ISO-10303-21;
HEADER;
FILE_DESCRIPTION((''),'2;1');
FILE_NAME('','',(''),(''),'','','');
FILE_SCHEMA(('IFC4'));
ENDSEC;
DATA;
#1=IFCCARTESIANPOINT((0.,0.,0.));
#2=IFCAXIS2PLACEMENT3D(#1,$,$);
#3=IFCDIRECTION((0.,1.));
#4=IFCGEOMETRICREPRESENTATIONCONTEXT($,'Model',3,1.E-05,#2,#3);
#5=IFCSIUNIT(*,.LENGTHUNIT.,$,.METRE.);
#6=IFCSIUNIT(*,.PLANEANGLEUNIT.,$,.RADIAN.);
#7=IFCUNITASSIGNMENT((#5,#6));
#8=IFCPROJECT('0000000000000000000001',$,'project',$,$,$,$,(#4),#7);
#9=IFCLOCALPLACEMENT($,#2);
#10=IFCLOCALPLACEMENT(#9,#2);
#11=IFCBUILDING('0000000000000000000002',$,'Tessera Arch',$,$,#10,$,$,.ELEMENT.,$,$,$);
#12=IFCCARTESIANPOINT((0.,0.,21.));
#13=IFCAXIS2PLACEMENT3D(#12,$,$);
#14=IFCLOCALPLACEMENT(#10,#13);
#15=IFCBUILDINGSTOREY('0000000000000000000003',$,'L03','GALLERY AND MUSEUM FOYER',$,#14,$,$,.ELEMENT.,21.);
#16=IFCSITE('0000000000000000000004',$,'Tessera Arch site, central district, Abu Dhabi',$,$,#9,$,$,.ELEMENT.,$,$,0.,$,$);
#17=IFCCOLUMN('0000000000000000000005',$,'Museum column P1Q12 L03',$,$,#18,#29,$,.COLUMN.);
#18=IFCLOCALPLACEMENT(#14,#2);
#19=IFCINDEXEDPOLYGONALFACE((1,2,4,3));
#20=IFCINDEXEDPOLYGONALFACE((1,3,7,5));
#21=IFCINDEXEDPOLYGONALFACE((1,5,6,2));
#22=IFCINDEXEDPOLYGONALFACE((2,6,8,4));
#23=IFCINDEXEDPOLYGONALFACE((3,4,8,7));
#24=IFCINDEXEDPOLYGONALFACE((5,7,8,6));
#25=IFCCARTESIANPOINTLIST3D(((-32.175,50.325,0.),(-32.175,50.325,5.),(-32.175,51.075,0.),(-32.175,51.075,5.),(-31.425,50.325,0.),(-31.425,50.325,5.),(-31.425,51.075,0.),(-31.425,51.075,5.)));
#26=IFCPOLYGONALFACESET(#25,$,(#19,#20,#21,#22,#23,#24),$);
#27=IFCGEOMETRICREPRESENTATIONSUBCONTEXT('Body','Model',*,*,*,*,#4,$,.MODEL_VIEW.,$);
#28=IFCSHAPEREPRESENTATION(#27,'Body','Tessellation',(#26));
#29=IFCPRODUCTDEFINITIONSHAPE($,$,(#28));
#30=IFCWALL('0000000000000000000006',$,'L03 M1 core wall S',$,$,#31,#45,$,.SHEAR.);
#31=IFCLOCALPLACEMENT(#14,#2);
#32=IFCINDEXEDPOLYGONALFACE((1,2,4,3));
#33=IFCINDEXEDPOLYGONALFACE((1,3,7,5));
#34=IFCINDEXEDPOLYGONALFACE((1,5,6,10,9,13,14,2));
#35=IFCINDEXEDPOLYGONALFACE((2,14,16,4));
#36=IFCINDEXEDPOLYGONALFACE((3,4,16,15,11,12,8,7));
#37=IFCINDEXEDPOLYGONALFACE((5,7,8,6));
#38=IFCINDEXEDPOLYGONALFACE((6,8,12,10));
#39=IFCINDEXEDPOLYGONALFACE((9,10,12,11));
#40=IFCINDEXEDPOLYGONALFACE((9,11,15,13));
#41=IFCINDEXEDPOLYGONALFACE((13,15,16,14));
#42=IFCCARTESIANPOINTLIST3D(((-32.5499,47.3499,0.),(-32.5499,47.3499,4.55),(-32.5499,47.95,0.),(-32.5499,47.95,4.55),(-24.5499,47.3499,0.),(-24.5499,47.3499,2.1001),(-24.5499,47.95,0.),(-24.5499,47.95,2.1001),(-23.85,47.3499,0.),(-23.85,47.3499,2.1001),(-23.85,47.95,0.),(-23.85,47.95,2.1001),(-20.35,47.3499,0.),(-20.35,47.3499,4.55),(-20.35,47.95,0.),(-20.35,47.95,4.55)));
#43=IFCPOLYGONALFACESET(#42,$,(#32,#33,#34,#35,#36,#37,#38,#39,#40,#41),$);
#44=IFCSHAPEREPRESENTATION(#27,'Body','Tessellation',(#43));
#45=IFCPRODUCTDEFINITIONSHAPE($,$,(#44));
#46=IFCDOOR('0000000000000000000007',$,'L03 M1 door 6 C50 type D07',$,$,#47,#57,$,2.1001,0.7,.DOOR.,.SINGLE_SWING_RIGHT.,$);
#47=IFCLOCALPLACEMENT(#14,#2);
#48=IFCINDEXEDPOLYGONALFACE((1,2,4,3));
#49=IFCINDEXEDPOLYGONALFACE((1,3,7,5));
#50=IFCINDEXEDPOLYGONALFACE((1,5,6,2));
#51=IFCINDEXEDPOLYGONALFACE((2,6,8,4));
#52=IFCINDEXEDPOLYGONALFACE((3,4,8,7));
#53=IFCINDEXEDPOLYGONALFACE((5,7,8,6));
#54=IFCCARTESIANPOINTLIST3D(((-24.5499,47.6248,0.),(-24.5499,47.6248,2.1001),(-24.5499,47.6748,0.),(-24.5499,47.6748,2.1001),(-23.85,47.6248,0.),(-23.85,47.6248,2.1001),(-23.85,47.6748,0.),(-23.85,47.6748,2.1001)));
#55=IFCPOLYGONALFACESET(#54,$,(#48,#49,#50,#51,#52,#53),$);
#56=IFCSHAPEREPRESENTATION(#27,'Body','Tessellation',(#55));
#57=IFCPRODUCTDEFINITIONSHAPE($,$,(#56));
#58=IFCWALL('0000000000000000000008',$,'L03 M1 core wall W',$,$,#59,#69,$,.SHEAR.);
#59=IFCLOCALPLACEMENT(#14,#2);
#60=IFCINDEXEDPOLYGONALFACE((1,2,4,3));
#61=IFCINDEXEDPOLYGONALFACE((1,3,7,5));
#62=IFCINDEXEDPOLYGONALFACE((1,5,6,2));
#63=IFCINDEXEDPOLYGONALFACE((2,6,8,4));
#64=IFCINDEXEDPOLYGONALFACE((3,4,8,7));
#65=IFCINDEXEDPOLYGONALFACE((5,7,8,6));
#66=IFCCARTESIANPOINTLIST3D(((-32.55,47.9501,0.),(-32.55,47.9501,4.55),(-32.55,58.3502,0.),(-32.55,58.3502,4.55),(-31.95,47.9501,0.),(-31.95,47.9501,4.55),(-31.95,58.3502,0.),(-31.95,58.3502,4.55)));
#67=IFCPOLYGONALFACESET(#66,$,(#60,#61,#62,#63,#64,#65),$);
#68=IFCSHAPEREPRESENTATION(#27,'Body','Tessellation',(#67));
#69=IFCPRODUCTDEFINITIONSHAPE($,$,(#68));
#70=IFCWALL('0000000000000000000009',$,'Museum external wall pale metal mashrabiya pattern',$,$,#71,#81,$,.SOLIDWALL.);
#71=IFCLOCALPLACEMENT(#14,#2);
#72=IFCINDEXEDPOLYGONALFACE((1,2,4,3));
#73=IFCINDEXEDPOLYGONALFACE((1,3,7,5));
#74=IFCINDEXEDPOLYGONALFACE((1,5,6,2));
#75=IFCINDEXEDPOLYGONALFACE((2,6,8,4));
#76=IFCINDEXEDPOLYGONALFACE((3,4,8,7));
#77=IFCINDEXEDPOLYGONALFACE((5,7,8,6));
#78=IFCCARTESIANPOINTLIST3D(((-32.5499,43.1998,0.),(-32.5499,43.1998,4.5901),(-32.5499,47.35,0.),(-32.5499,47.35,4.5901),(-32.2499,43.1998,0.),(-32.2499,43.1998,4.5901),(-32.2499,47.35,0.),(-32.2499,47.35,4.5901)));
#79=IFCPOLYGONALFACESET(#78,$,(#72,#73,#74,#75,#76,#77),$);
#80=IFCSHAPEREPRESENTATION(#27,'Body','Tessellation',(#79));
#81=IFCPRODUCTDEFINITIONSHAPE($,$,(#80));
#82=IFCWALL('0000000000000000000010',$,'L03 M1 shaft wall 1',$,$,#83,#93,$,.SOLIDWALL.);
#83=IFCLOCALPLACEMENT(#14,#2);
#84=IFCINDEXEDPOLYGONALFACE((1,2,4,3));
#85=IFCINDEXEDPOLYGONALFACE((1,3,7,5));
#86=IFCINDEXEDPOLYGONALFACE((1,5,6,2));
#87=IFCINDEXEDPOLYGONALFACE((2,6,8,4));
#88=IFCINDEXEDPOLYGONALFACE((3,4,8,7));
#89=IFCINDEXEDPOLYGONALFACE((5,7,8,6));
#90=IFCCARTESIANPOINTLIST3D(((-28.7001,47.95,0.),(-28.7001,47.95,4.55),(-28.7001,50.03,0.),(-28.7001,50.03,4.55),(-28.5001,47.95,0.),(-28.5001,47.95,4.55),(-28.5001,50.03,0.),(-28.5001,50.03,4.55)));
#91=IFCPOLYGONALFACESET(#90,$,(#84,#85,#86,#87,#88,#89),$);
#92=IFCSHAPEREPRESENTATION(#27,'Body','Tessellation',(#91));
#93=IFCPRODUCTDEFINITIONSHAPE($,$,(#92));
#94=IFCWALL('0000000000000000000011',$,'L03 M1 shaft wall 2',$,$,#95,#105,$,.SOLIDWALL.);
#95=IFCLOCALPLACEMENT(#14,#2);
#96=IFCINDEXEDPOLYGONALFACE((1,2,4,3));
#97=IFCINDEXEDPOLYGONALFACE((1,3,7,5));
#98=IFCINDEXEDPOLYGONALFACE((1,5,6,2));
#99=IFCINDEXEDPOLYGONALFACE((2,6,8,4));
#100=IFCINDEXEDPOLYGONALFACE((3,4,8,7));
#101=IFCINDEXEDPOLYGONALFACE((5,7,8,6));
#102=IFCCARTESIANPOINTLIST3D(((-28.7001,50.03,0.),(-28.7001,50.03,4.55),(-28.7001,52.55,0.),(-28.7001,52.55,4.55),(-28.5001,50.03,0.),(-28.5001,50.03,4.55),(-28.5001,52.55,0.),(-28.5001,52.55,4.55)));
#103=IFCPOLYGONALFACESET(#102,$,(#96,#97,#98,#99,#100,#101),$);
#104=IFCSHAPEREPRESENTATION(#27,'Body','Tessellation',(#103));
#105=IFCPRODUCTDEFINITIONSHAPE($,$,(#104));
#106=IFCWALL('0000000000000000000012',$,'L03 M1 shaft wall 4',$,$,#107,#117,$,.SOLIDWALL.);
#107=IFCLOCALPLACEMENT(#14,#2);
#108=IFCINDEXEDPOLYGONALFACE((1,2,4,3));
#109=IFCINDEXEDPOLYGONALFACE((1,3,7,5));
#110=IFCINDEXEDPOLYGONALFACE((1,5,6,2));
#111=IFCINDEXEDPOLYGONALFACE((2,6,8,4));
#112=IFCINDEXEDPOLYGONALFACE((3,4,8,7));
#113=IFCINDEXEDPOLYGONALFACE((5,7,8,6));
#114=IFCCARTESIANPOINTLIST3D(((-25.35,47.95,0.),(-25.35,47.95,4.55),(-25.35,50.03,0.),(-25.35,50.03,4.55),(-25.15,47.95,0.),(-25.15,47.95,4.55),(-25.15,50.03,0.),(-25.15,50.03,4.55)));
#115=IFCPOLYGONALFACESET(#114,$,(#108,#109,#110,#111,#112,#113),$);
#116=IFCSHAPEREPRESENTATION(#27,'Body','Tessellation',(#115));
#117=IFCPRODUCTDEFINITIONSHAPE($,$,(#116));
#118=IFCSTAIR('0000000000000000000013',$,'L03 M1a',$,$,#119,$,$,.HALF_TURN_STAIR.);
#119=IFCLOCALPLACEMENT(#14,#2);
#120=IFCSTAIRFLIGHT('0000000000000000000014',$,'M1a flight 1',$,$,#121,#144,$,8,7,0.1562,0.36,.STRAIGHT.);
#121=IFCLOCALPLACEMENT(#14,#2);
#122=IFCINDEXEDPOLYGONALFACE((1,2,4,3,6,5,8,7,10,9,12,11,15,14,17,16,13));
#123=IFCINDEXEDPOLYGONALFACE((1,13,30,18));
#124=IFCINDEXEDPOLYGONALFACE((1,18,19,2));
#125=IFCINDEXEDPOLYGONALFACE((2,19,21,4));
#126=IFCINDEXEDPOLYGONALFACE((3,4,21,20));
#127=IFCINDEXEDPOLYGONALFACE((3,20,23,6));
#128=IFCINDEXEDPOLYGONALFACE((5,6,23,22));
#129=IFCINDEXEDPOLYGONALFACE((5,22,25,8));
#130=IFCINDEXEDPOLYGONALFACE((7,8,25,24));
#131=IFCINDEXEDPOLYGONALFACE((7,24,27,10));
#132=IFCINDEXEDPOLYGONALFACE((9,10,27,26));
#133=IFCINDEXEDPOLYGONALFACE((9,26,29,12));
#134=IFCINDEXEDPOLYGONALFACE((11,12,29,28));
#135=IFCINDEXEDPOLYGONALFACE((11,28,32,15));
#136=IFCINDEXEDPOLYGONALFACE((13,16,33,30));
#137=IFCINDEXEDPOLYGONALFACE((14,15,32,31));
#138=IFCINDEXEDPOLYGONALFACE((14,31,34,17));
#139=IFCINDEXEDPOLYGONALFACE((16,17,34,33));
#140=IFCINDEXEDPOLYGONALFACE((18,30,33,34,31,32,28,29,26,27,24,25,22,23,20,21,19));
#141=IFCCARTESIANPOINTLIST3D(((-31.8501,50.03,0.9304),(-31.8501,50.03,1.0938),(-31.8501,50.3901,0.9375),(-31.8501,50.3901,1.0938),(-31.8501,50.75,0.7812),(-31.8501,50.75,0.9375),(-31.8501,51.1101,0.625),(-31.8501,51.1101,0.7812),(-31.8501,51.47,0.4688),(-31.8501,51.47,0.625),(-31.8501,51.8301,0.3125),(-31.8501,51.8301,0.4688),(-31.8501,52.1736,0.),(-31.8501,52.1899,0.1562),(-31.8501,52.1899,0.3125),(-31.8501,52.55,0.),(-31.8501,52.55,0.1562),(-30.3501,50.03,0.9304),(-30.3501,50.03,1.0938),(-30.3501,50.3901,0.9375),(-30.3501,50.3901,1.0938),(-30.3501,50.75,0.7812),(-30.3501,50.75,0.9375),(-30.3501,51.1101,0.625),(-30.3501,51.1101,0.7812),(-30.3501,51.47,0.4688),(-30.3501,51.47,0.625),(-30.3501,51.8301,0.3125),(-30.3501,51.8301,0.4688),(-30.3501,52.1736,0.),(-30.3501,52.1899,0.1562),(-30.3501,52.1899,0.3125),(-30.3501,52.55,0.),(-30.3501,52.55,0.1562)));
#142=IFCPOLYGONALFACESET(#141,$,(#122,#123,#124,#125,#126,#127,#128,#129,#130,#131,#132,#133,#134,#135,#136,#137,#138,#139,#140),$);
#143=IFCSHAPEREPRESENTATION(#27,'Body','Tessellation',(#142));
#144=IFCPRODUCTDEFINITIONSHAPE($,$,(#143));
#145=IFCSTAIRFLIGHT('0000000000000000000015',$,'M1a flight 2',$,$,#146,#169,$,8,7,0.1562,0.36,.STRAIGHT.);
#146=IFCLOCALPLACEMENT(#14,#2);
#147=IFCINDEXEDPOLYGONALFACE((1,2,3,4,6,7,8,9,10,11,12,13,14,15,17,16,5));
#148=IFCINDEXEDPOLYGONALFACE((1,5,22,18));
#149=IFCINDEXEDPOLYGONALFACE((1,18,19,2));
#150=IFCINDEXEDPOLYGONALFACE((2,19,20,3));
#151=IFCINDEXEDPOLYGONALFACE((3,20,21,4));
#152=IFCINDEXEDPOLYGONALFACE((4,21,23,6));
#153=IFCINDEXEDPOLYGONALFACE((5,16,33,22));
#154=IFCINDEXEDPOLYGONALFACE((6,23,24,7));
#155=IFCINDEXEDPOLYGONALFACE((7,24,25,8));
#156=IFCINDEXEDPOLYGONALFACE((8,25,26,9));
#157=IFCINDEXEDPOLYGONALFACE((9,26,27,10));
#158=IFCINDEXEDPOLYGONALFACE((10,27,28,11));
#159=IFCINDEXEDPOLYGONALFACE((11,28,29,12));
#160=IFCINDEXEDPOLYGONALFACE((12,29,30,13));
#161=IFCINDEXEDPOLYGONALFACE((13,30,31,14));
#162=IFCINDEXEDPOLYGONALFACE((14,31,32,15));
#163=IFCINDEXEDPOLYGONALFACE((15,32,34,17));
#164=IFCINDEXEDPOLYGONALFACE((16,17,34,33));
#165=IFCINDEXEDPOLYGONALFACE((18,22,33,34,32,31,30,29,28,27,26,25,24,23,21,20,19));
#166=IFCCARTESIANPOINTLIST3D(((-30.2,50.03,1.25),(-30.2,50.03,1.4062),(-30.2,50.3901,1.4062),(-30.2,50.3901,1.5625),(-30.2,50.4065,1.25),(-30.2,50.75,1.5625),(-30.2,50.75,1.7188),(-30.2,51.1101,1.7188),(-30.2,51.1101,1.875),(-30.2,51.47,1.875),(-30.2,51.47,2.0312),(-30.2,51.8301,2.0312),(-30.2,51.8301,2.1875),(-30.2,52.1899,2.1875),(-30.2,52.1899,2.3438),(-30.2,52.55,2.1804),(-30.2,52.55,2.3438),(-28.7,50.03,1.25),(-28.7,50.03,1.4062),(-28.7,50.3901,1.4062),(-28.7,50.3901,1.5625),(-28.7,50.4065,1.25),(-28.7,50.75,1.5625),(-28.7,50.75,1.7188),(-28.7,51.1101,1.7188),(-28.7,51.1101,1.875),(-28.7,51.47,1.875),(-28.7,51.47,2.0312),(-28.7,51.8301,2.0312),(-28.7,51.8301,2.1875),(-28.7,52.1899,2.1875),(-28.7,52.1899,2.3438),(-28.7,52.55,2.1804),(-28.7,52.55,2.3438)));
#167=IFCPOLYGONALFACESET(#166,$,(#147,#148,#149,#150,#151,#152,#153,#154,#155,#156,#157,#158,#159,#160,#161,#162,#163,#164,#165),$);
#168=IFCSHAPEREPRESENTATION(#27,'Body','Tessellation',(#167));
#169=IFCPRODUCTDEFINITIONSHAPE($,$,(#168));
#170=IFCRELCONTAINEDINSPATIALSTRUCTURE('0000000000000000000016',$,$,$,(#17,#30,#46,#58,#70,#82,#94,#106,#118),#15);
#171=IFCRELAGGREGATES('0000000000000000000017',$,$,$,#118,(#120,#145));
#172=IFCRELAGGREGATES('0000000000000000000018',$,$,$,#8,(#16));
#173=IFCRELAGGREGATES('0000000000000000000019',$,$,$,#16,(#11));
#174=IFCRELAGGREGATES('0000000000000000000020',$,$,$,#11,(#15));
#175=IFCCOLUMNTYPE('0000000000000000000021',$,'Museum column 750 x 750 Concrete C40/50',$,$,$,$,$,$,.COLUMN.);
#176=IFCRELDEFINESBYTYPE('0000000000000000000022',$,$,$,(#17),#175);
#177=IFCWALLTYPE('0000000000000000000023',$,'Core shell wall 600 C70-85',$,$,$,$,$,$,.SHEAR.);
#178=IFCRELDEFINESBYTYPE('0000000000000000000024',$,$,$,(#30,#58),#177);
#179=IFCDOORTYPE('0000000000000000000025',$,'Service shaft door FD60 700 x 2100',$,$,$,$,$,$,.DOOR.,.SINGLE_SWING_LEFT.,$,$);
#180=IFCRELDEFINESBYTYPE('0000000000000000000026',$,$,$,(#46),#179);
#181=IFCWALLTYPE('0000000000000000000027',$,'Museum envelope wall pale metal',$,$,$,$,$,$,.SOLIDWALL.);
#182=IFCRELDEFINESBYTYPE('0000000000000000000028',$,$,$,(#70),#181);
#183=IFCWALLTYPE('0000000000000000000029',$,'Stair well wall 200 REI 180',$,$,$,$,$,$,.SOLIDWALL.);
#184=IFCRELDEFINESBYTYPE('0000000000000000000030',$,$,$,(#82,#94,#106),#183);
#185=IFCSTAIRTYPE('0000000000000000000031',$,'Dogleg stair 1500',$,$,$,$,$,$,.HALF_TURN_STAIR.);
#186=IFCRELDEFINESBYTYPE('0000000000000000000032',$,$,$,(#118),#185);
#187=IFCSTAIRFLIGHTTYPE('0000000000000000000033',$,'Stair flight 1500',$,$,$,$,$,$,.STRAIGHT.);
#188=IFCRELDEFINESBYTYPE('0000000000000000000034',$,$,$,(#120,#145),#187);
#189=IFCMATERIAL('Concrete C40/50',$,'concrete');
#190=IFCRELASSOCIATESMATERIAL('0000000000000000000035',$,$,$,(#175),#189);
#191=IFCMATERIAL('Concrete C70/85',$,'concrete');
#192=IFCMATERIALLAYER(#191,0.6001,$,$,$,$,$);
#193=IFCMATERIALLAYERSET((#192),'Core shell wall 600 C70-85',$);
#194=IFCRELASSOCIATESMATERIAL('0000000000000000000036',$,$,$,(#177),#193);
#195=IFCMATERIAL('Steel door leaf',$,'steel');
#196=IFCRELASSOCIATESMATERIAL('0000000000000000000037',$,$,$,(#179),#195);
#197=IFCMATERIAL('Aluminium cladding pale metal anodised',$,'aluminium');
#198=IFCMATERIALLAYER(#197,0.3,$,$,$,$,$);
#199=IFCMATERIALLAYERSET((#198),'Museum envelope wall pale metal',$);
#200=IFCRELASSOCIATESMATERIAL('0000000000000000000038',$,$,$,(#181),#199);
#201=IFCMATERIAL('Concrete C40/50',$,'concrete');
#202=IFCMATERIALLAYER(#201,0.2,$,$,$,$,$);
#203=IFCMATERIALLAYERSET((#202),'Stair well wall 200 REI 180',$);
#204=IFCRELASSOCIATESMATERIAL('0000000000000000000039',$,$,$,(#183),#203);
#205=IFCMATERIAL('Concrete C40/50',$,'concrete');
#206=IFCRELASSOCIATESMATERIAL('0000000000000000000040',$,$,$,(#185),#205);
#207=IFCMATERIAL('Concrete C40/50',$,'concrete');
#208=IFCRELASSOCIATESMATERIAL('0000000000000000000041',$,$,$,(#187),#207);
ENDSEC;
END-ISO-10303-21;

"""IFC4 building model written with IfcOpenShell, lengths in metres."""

from ifc_helpers import new_model, si_unit, direction, frame, frame_2d, origin, origin_2d, place, context, subcontext, project, spatial, polyline, rectangle, outline, extrude, material, layer, layer_set, material_profile, profile_set, type_object, element, fill, aggregate, save


model = new_model("IFC4")

# Units and contexts
model_context = context("Model", 3, precision=1e-05, world=origin(), true_north=direction((0.0, 1.0)))
body_context = subcontext(model_context, "Body", "Model", "MODEL_VIEW")
ifc_project = project(units=[si_unit("LENGTHUNIT", "METRE"), si_unit("PLANEANGLEUNIT", "RADIAN")], contexts=[model_context])

# Site, building, storey
site_placement = place(None, origin())
site = spatial("IfcSite", under=ifc_project, at=site_placement, Name="Tessera Arch site, central district, Abu Dhabi", CompositionType="ELEMENT", RefElevation=0.0)
building_placement = place(site_placement, origin())
building = spatial("IfcBuilding", under=site, at=building_placement, Name="Tessera Arch", CompositionType="ELEMENT")
storey_placement = place(building_placement, frame((0.0, 0.0, 21.0)))
storey = spatial("IfcBuildingStorey", under=building, at=storey_placement, Name="L03", Description="GALLERY AND MUSEUM FOYER", CompositionType="ELEMENT", Elevation=21.0)

# Column
ifc_material_1 = material(Name="Concrete C40/50", Category="concrete")
ifc_material_profile = material_profile(ifc_material_1, rectangle(XDim=0.75, YDim=0.75, at=origin_2d()), Name="Museum column 750 x 750 Concrete C40/50")
ifc_profile_set = profile_set([ifc_material_profile], Name="Concrete C40/50")
column_type = type_object("IfcColumnType", Name="Museum column 750 x 750 Concrete C40/50", PredefinedType="COLUMN", material=ifc_profile_set)
column_placement = place(storey_placement, frame((-31.8, 50.7, 0.0), z_axis=(0.0, 0.0, 1.0), x_axis=(1.0, 0.0, 0.0)))
element("IfcColumn", 1, at=column_placement, inside=storey, type_object=column_type, Name="Museum column P1Q12 L03", PredefinedType="COLUMN", context=body_context, shape_type="SweptSolid", body=[
    extrude(rectangle(XDim=0.75, YDim=0.75, at=origin_2d()), origin(), (0.0, 0.0, 1.0), 5.0),
])

# Wall, opening, door
ifc_material_2 = material(Name="Concrete C70/85", Category="concrete")
ifc_layer_1 = layer(ifc_material_2, 0.6001)
ifc_layer_set_1 = layer_set([ifc_layer_1], Name="Core shell wall 600 C70-85")
wall_type_1 = type_object("IfcWallType", Name="Core shell wall 600 C70-85", PredefinedType="SHEAR", material=ifc_layer_set_1)
wall_1_placement = place(storey_placement, frame((-32.55, 47.6499, 0.0), z_axis=(0.0, 0.0, 1.0), x_axis=(1.0, 0.0, 0.0)))
wall_1 = element("IfcWall", 2, at=wall_1_placement, inside=storey, type_object=wall_type_1, Name="L03 M1 core wall S", PredefinedType="SHEAR", context=body_context, shape_type="SweptSolid", body=[
    extrude(rectangle(XDim=12.2, YDim=0.6001, at=frame_2d((6.1001, 0.0))), origin(), (0.0, 0.0, 1.0), 4.55),
])
opening_placement = place(wall_1_placement, frame((8.0, 0.0, 0.0)))
opening = element("IfcOpeningElement", 3, at=opening_placement, cuts=wall_1, PredefinedType="OPENING", context=body_context, shape_type="SweptSolid", body=[
    extrude(rectangle(XDim=0.7, YDim=2.1001, at=frame_2d((0.3501, 1.05))), frame((0.0, 0.3101, 0.0), z_axis=(0.0, -1.0, 0.0), x_axis=(1.0, 0.0, 0.0)), (0.0, 0.0, 1.0), 0.6201),
])
ifc_material_3 = material(Name="Steel door leaf", Category="steel")
door_type = type_object("IfcDoorType", Name="Service shaft door FD60 700 x 2100", OperationType="SINGLE_SWING_LEFT", PredefinedType="DOOR", material=ifc_material_3)
door_placement = place(opening_placement, origin())
door = element("IfcDoor", 4, at=door_placement, inside=storey, type_object=door_type, Name="L03 M1 door 6 C50 type D07", OperationType="SINGLE_SWING_RIGHT", OverallHeight=2.1001, OverallWidth=0.7, PredefinedType="DOOR", context=body_context, shape_type="SweptSolid", body=[
    extrude(rectangle(XDim=0.7, YDim=2.1001, at=frame_2d((0.3501, 1.05))), frame((0.0, 0.0249, 0.0), z_axis=(0.0, -1.0, 0.0), x_axis=(1.0, 0.0, 0.0)), (0.0, 0.0, 1.0), 0.05),
])
fill(opening, door)

# Walls
wall_2_placement = place(storey_placement, frame((-32.25, 47.95, 0.0), z_axis=(0.0, 0.0, 1.0), x_axis=(0.0, 1.0, 0.0)))
element("IfcWall", 5, at=wall_2_placement, inside=storey, type_object=wall_type_1, Name="L03 M1 core wall W", PredefinedType="SHEAR", context=body_context, shape_type="SweptSolid", body=[
    extrude(rectangle(XDim=10.4001, YDim=0.6001, at=frame_2d((5.2002, 0.0))), origin(), (0.0, 0.0, 1.0), 4.55),
])
ifc_material_4 = material(Name="Aluminium cladding pale metal anodised", Category="aluminium")
ifc_layer_2 = layer(ifc_material_4, 0.3)
ifc_layer_set_2 = layer_set([ifc_layer_2], Name="Museum envelope wall pale metal")
wall_type_2 = type_object("IfcWallType", Name="Museum envelope wall pale metal", PredefinedType="SOLIDWALL", material=ifc_layer_set_2)
wall_3_placement = place(storey_placement, frame((-32.3999, 47.3501, 0.0), z_axis=(0.0, 0.0, 1.0), x_axis=(0.0, -1.0, 0.0)))
element("IfcWall", 6, at=wall_3_placement, inside=storey, type_object=wall_type_2, Name="Museum external wall pale metal mashrabiya pattern", PredefinedType="SOLIDWALL", context=body_context, shape_type="SweptSolid", body=[
    extrude(rectangle(XDim=4.1501, YDim=0.3, at=frame_2d((2.0752, 0.0))), origin(), (0.0, 0.0, 1.0), 4.5901),
])
ifc_material_5 = material(Name="Concrete C40/50", Category="concrete")
ifc_layer_3 = layer(ifc_material_5, 0.2)
ifc_layer_set_3 = layer_set([ifc_layer_3], Name="Stair well wall 200 REI 180")
wall_type_3 = type_object("IfcWallType", Name="Stair well wall 200 REI 180", PredefinedType="SOLIDWALL", material=ifc_layer_set_3)
wall_4_placement = place(storey_placement, frame((-28.6001, 47.95, 0.0), z_axis=(0.0, 0.0, 1.0), x_axis=(0.0, 1.0, 0.0)))
element("IfcWall", 7, at=wall_4_placement, inside=storey, type_object=wall_type_3, Name="L03 M1 shaft wall 1", PredefinedType="SOLIDWALL", context=body_context, shape_type="SweptSolid", body=[
    extrude(rectangle(XDim=2.0801, YDim=0.2, at=frame_2d((1.04, 0.0))), origin(), (0.0, 0.0, 1.0), 4.55),
])
wall_5_placement = place(storey_placement, frame((-28.6001, 50.03, 0.0), z_axis=(0.0, 0.0, 1.0), x_axis=(0.0, 1.0, 0.0)))
element("IfcWall", 8, at=wall_5_placement, inside=storey, type_object=wall_type_3, Name="L03 M1 shaft wall 2", PredefinedType="SOLIDWALL", context=body_context, shape_type="SweptSolid", body=[
    extrude(rectangle(XDim=2.52, YDim=0.2, at=frame_2d((1.26, 0.0))), origin(), (0.0, 0.0, 1.0), 4.55),
])
wall_6_placement = place(storey_placement, frame((-25.25, 47.95, 0.0), z_axis=(0.0, 0.0, 1.0), x_axis=(0.0, 1.0, 0.0)))
element("IfcWall", 9, at=wall_6_placement, inside=storey, type_object=wall_type_3, Name="L03 M1 shaft wall 4", PredefinedType="SOLIDWALL", context=body_context, shape_type="SweptSolid", body=[
    extrude(rectangle(XDim=2.0801, YDim=0.2, at=frame_2d((1.04, 0.0))), origin(), (0.0, 0.0, 1.0), 4.55),
])

# Stair, stair flights
ifc_material_6 = material(Name="Concrete C40/50", Category="concrete")
stair_type = type_object("IfcStairType", Name="Dogleg stair 1500", PredefinedType="HALF_TURN_STAIR", material=ifc_material_6)
stair_1_placement = place(storey_placement, origin())
stair_1 = element("IfcStair", 10, at=stair_1_placement, inside=storey, type_object=stair_type, Name="L03 M1a", PredefinedType="HALF_TURN_STAIR")
ifc_material_7 = material(Name="Concrete C40/50", Category="concrete")
stair_flight_type = type_object("IfcStairFlightType", Name="Stair flight 1500", PredefinedType="STRAIGHT", material=ifc_material_7)
stair_flight_1_placement = place(storey_placement, frame((-31.1001, 52.55, 0.0), z_axis=(0.0, 0.0, 1.0), x_axis=(0.0, -1.0, 0.0)))
stair_flight_1 = element("IfcStairFlight", 11, at=stair_flight_1_placement, type_object=stair_flight_type, Name="M1a flight 1", NumberOfRisers=8, NumberOfTreads=7, PredefinedType="STRAIGHT", RiserHeight=0.1562, TreadLength=0.36, context=body_context, shape_type="SweptSolid", body=[
    extrude(outline(polyline([(0.0, 0.0), (0.0, 0.1562), (0.3601, 0.1562), (0.3601, 0.3125), (0.72, 0.3125), (0.72, 0.4688), (1.0801, 0.4688), (1.0801, 0.625), (1.4399, 0.625), (1.4399, 0.7812), (1.8, 0.7812), (1.8, 0.9375), (2.1599, 0.9375), (2.1599, 1.0938), (2.52, 1.0938), (2.52, 1.25), (2.52, 0.9304), (0.3765, 0.0), (0.0, 0.0)])), frame((0.0, 0.75, 0.0), z_axis=(0.0, -1.0, 0.0), x_axis=(1.0, 0.0, 0.0)), (0.0, 0.0, 1.0), 1.5),
])
stair_flight_2_placement = place(storey_placement, frame((-29.45, 50.03, 1.25), z_axis=(0.0, 0.0, 1.0), x_axis=(0.0, 1.0, 0.0)))
stair_flight_2 = element("IfcStairFlight", 12, at=stair_flight_2_placement, type_object=stair_flight_type, Name="M1a flight 2", NumberOfRisers=8, NumberOfTreads=7, PredefinedType="STRAIGHT", RiserHeight=0.1562, TreadLength=0.36, context=body_context, shape_type="SweptSolid", body=[
    extrude(outline(polyline([(0.0, 0.0), (0.0, 0.1562), (0.3601, 0.1562), (0.3601, 0.3125), (0.72, 0.3125), (0.72, 0.4688), (1.0801, 0.4688), (1.0801, 0.625), (1.4399, 0.625), (1.4399, 0.7812), (1.8, 0.7812), (1.8, 0.9375), (2.1599, 0.9375), (2.1599, 1.0938), (2.52, 1.0938), (2.52, 1.25), (2.52, 0.9304), (0.3765, 0.0), (0.0, 0.0)])), frame((0.0, 0.75, 0.0), z_axis=(0.0, -1.0, 0.0), x_axis=(1.0, 0.0, 0.0)), (0.0, 0.0, 1.0), 1.5),
])
aggregate(stair_1, [stair_flight_1, stair_flight_2])

save(model, "model.ifc")
